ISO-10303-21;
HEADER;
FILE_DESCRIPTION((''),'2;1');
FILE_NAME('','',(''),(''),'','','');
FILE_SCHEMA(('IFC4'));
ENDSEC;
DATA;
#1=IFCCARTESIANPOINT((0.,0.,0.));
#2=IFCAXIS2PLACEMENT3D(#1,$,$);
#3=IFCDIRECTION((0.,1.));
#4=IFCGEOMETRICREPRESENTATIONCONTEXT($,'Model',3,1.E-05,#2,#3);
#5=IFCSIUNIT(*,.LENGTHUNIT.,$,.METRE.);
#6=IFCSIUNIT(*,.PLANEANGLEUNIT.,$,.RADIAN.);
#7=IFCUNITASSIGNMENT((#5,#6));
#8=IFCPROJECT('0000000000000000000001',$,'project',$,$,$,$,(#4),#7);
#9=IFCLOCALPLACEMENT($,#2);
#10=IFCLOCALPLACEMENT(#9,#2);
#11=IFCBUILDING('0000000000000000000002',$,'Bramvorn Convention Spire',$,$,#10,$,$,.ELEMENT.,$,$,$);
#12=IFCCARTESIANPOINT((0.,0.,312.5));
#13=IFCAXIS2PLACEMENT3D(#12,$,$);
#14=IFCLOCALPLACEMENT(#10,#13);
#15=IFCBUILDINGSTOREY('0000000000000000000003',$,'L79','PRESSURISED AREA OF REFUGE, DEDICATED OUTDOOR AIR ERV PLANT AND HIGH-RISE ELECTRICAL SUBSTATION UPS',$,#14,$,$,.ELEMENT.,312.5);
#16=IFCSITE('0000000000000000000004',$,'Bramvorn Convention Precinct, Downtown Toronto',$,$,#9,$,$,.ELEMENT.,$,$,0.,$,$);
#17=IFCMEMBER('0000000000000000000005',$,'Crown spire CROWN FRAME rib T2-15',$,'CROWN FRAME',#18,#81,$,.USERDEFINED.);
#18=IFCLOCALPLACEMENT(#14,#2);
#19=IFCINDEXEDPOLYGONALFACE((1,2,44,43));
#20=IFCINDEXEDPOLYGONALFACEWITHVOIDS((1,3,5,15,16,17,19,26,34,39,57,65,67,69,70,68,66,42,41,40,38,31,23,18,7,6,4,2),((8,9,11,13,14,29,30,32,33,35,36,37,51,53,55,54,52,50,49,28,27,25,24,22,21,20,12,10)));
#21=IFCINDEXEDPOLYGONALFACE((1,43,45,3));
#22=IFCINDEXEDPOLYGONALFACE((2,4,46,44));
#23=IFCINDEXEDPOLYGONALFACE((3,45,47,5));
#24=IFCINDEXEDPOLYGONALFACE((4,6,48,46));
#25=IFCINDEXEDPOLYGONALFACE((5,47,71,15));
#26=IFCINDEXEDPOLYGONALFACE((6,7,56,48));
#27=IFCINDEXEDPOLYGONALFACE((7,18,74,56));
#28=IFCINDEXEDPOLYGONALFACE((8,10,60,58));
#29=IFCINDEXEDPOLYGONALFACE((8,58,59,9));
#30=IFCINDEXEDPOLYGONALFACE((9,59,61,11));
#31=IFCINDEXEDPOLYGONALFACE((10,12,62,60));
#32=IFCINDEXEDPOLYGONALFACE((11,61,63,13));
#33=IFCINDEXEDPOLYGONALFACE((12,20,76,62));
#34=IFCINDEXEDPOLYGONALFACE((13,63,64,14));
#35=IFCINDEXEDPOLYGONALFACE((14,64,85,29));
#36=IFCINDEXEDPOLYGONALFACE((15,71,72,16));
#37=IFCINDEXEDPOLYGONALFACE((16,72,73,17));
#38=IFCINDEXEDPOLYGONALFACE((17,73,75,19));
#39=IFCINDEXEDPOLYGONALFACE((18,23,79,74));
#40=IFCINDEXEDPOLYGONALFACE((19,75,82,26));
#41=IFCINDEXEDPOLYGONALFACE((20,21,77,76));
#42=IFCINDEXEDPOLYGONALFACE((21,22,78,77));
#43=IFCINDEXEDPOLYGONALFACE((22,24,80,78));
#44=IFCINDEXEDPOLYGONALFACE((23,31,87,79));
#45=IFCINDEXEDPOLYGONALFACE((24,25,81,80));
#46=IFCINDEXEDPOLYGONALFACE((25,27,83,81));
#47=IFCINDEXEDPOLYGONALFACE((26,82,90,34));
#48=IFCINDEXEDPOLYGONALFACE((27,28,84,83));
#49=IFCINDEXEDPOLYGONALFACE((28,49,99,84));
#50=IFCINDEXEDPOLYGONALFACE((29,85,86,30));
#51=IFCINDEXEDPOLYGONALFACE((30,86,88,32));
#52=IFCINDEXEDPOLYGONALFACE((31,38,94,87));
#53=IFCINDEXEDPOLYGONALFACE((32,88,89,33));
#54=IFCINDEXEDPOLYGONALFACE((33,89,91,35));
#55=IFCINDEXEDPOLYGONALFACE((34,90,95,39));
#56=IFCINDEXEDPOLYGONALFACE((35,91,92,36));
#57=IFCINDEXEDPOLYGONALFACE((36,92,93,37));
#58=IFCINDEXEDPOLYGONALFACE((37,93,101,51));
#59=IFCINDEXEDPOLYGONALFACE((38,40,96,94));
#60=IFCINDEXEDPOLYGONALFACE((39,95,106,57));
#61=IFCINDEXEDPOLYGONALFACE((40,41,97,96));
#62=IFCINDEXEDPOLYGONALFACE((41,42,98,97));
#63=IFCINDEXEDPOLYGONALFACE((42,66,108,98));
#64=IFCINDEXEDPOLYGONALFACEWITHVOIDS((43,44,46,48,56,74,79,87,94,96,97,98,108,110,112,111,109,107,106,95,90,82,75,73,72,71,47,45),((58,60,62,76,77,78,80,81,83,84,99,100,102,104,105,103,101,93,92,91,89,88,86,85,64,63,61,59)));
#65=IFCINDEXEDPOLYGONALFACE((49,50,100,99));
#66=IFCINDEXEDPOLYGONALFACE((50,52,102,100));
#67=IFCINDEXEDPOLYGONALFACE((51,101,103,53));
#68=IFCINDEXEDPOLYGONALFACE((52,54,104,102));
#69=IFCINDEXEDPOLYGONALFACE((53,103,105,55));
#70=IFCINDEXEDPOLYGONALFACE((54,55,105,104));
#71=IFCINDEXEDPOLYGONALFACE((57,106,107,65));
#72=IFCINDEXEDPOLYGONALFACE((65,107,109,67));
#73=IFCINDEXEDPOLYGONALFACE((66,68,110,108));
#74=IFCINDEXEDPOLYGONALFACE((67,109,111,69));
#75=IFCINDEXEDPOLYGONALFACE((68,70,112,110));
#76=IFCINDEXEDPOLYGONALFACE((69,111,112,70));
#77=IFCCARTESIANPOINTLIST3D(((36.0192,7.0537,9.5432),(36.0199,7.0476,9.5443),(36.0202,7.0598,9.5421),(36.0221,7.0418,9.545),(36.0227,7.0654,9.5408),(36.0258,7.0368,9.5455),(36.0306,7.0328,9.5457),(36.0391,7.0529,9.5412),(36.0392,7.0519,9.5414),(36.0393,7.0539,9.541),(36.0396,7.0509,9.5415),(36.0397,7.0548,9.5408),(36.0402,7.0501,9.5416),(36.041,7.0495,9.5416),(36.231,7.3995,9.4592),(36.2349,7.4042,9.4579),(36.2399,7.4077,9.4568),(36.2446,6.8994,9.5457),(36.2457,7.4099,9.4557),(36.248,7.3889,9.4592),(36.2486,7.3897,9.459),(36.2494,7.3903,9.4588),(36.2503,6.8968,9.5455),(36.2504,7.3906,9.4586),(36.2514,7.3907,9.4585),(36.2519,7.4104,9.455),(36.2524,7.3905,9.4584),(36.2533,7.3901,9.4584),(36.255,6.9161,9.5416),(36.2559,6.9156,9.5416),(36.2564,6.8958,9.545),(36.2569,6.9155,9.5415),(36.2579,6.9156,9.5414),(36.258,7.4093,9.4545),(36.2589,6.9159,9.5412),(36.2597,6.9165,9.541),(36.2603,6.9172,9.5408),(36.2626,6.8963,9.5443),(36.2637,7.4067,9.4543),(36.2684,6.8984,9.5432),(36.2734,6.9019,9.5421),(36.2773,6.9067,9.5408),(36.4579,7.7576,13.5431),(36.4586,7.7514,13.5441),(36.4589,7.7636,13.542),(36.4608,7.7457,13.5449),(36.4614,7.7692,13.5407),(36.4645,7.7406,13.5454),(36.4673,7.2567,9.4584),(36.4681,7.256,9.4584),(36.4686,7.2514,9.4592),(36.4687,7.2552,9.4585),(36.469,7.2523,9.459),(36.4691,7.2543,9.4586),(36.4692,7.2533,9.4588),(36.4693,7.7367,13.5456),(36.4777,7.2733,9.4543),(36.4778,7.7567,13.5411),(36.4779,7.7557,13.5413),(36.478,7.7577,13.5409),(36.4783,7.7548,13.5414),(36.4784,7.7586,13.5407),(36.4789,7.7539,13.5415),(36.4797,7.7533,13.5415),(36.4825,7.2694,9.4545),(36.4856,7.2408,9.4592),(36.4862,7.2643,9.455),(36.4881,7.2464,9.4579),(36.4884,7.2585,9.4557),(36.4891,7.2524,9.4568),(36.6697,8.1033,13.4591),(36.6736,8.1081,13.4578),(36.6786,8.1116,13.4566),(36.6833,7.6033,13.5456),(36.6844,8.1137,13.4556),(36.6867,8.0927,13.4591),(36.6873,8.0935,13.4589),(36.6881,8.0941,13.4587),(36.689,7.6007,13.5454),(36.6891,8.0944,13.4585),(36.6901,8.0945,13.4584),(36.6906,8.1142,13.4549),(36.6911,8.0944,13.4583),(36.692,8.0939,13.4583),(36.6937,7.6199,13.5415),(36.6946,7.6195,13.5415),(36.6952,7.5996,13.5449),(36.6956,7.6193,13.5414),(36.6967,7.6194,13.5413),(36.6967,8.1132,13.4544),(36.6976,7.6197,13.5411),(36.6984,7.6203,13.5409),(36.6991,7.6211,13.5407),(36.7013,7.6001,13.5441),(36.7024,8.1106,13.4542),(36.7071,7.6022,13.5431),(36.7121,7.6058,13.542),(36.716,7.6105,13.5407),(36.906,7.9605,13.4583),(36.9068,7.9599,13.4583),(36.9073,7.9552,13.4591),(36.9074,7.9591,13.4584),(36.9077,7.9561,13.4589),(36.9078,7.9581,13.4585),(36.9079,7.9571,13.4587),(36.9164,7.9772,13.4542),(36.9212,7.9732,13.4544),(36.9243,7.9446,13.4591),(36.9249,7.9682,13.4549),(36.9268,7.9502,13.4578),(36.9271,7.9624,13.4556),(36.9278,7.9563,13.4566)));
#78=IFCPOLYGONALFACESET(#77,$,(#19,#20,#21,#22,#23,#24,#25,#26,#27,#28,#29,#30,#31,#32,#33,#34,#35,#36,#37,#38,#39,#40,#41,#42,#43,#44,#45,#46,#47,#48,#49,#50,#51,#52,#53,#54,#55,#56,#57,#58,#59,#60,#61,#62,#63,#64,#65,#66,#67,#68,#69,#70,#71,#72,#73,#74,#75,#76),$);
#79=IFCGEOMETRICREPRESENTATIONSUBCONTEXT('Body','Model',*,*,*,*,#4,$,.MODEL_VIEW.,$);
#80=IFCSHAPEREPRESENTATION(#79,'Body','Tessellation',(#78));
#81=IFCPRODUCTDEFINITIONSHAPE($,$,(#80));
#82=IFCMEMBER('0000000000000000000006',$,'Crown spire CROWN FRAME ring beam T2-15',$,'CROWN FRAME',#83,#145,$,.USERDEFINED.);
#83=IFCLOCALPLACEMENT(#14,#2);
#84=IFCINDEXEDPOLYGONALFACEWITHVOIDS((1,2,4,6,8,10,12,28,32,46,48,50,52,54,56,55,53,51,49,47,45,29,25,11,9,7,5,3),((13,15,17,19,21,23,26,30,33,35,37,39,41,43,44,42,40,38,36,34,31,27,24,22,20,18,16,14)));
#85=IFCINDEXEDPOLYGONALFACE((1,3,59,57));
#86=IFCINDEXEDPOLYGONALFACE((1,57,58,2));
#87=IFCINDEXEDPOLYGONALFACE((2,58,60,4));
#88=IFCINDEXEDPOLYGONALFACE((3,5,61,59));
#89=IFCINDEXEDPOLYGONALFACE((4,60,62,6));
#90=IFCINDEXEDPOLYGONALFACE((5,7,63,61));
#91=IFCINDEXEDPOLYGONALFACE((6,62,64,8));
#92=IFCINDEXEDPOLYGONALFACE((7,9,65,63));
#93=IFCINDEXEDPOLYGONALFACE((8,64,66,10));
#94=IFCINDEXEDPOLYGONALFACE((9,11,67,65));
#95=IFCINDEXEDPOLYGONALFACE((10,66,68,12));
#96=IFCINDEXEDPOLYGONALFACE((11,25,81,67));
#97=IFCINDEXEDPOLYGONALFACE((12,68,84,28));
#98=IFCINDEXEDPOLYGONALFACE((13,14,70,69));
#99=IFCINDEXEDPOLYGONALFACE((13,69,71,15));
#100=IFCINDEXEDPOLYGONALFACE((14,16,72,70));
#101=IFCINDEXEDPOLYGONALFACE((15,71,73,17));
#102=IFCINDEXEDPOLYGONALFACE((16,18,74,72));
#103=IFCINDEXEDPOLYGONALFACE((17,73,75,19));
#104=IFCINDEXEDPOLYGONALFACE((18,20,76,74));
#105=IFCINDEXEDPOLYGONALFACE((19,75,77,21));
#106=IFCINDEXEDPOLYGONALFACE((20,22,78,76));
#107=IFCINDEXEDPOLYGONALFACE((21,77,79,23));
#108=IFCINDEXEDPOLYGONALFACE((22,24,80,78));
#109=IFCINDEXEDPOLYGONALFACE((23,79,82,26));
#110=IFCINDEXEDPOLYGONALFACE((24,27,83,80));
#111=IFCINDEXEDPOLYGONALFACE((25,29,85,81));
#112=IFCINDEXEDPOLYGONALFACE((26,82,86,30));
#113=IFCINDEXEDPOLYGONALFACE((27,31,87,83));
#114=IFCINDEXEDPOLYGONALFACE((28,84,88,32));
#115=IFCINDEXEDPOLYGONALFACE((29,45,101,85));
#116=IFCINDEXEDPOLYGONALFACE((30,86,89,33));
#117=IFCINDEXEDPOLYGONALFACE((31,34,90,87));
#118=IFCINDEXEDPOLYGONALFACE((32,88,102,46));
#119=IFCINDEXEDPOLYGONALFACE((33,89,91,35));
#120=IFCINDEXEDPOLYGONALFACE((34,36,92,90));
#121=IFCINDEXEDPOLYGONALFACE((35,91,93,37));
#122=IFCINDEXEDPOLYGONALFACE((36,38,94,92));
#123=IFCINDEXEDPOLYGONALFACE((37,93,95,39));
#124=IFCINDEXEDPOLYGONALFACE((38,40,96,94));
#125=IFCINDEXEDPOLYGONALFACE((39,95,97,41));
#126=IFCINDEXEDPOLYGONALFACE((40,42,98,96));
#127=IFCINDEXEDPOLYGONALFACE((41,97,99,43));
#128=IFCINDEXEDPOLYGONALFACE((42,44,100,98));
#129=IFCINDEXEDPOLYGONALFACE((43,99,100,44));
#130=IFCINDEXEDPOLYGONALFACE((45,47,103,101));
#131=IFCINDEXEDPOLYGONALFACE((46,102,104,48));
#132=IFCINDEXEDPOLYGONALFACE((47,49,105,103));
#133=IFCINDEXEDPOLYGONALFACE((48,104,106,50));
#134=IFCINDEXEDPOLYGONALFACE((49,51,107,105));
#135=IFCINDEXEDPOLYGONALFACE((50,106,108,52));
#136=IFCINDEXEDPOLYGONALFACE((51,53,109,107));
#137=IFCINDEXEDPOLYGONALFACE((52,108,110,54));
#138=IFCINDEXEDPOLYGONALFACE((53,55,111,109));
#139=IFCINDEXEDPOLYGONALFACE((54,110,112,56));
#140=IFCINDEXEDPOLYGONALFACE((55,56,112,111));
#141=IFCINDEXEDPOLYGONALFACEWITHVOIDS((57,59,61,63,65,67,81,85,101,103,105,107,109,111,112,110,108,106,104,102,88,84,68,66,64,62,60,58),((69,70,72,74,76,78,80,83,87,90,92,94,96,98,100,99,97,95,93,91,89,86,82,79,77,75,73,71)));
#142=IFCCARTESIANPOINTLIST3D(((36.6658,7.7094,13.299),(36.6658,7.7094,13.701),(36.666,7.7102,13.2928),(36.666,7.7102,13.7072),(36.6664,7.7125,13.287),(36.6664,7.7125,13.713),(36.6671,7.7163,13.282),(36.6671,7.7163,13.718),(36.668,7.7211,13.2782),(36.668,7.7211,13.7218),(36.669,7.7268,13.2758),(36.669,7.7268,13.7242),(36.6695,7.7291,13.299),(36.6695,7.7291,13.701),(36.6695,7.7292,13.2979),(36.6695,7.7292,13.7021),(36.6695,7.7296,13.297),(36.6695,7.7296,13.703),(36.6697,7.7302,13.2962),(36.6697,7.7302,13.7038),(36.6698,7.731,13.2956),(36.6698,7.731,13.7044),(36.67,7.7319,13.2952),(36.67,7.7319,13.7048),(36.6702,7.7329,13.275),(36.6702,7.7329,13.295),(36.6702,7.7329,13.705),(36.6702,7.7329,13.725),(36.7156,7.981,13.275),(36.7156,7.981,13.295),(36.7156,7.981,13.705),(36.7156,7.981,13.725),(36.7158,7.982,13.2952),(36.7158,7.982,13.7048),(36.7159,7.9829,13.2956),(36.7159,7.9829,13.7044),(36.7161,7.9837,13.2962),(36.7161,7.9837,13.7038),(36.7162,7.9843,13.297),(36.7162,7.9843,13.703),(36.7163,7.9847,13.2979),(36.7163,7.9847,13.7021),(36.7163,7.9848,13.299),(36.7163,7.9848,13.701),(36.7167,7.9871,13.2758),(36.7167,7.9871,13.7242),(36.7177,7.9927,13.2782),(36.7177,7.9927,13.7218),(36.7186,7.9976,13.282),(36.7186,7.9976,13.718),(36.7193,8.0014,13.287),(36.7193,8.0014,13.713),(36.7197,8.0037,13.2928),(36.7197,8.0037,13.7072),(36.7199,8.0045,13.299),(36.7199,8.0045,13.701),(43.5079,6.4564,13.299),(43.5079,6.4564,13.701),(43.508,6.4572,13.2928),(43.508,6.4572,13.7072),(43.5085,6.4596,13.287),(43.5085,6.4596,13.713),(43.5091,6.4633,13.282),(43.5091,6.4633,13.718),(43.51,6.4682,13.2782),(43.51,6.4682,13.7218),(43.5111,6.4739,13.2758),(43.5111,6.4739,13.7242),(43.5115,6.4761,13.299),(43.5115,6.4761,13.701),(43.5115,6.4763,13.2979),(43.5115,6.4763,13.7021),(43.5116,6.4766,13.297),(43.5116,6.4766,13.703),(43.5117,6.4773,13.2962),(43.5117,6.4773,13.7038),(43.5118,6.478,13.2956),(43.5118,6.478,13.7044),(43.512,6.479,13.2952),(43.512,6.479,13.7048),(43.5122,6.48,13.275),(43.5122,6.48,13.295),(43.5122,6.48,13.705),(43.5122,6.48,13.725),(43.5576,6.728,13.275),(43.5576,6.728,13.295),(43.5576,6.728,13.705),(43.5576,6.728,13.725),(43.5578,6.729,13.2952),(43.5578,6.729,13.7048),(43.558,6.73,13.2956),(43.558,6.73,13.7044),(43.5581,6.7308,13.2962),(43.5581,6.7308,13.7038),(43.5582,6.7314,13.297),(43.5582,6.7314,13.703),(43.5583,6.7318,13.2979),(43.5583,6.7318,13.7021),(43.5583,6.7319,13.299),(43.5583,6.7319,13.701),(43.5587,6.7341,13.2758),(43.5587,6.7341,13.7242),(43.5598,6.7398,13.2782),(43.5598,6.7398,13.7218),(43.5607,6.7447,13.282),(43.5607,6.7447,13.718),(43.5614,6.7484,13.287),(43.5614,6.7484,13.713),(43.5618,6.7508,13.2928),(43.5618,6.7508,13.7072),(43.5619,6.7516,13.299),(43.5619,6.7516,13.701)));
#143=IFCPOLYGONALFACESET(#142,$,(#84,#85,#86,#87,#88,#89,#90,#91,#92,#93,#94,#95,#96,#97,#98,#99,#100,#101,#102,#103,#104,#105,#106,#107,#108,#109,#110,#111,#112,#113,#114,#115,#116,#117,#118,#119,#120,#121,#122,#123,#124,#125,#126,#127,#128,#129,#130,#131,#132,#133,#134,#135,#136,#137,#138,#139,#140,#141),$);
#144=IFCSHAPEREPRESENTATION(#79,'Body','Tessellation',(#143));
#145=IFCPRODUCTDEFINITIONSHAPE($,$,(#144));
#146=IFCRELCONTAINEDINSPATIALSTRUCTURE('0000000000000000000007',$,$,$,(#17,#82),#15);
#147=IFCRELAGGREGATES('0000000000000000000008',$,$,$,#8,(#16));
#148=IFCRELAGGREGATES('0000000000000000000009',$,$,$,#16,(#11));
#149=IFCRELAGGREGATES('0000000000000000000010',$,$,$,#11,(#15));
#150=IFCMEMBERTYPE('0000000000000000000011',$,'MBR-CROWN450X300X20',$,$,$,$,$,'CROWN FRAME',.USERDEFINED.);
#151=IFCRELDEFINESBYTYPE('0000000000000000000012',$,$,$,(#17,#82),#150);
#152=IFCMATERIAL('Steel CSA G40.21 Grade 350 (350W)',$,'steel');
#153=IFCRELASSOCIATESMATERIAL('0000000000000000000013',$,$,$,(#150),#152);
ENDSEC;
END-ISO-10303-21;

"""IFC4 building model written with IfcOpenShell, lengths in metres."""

from ifc_helpers import new_model, si_unit, direction, frame, origin, origin_2d, place, context, subcontext, project, spatial, hollow_rectangle, extrude, material, material_profile, profile_set, type_object, element, save


model = new_model("IFC4")

# Units and contexts
model_context = context("Model", 3, precision=1e-05, world=origin(), true_north=direction((0.0, 1.0)))
body_context = subcontext(model_context, "Body", "Model", "MODEL_VIEW")
ifc_project = project(units=[si_unit("LENGTHUNIT", "METRE"), si_unit("PLANEANGLEUNIT", "RADIAN")], contexts=[model_context])

# Site, building, storey
site_placement = place(None, origin())
site = spatial("IfcSite", under=ifc_project, at=site_placement, Name="Bramvorn Convention Precinct, Downtown Toronto", CompositionType="ELEMENT", RefElevation=0.0)
building_placement = place(site_placement, origin())
building = spatial("IfcBuilding", under=site, at=building_placement, Name="Bramvorn Convention Spire", CompositionType="ELEMENT")
storey_placement = place(building_placement, frame((0.0, 0.0, 312.5)))
storey = spatial("IfcBuildingStorey", under=building, at=storey_placement, Name="L79", Description="PRESSURISED AREA OF REFUGE, DEDICATED OUTDOOR AIR ERV PLANT AND HIGH-RISE ELECTRICAL SUBSTATION UPS", CompositionType="ELEMENT", Elevation=312.5)

# Shared definitions
ifc_material_1 = material(Name="Steel CSA G40.21 Grade 350 (350W)", Category="steel")

# Members
ifc_material_profile_1 = material_profile(ifc_material_1, hollow_rectangle(XDim=0.3, YDim=0.45, WallThickness=0.02, InnerFilletRadius=0.0039, OuterFilletRadius=0.0239, at=origin_2d()))
ifc_profile_set_1 = profile_set([ifc_material_profile_1], Name="Steel CSA G40.21 Grade 350 (350W) - CROWN450X300X20")
member_type = type_object("IfcMemberType", Name="MBR-CROWN450X300X20", ElementType="CROWN FRAME", PredefinedType="USERDEFINED", material=ifc_profile_set_1)
member_1_placement = place(storey_placement, frame((36.2542, 7.1531, 9.5), z_axis=(0.107396, 0.172299, 0.979173), x_axis=(-0.848643, 0.528967, 0.0)))
element("IfcMember", 1, at=member_1_placement, inside=storey, type_object=member_type, Name="Crown spire CROWN FRAME rib T2-15", ObjectType="CROWN FRAME", PredefinedType="USERDEFINED", context=body_context, shape_type="SweptSolid", body=[
    extrude(hollow_rectangle(XDim=0.3, YDim=0.45, WallThickness=0.02, InnerFilletRadius=0.0039, OuterFilletRadius=0.0239, at=origin_2d()), origin(), (0.0, 0.0, 1.0), 4.085),
])
member_2_placement = place(storey_placement, frame((36.6929, 7.8569, 13.5), z_axis=(0.983643, -0.180127, 0.0), x_axis=(0.180127, 0.983643, 0.0)))
element("IfcMember", 2, at=member_2_placement, inside=storey, type_object=member_type, Name="Crown spire CROWN FRAME ring beam T2-15", ObjectType="CROWN FRAME", PredefinedType="USERDEFINED", context=body_context, shape_type="SweptSolid", body=[
    extrude(hollow_rectangle(XDim=0.3, YDim=0.45, WallThickness=0.02, InnerFilletRadius=0.0039, OuterFilletRadius=0.0239, at=origin_2d()), origin(), (0.0, 0.0, 1.0), 6.9558),
])

save(model, "model.ifc")
